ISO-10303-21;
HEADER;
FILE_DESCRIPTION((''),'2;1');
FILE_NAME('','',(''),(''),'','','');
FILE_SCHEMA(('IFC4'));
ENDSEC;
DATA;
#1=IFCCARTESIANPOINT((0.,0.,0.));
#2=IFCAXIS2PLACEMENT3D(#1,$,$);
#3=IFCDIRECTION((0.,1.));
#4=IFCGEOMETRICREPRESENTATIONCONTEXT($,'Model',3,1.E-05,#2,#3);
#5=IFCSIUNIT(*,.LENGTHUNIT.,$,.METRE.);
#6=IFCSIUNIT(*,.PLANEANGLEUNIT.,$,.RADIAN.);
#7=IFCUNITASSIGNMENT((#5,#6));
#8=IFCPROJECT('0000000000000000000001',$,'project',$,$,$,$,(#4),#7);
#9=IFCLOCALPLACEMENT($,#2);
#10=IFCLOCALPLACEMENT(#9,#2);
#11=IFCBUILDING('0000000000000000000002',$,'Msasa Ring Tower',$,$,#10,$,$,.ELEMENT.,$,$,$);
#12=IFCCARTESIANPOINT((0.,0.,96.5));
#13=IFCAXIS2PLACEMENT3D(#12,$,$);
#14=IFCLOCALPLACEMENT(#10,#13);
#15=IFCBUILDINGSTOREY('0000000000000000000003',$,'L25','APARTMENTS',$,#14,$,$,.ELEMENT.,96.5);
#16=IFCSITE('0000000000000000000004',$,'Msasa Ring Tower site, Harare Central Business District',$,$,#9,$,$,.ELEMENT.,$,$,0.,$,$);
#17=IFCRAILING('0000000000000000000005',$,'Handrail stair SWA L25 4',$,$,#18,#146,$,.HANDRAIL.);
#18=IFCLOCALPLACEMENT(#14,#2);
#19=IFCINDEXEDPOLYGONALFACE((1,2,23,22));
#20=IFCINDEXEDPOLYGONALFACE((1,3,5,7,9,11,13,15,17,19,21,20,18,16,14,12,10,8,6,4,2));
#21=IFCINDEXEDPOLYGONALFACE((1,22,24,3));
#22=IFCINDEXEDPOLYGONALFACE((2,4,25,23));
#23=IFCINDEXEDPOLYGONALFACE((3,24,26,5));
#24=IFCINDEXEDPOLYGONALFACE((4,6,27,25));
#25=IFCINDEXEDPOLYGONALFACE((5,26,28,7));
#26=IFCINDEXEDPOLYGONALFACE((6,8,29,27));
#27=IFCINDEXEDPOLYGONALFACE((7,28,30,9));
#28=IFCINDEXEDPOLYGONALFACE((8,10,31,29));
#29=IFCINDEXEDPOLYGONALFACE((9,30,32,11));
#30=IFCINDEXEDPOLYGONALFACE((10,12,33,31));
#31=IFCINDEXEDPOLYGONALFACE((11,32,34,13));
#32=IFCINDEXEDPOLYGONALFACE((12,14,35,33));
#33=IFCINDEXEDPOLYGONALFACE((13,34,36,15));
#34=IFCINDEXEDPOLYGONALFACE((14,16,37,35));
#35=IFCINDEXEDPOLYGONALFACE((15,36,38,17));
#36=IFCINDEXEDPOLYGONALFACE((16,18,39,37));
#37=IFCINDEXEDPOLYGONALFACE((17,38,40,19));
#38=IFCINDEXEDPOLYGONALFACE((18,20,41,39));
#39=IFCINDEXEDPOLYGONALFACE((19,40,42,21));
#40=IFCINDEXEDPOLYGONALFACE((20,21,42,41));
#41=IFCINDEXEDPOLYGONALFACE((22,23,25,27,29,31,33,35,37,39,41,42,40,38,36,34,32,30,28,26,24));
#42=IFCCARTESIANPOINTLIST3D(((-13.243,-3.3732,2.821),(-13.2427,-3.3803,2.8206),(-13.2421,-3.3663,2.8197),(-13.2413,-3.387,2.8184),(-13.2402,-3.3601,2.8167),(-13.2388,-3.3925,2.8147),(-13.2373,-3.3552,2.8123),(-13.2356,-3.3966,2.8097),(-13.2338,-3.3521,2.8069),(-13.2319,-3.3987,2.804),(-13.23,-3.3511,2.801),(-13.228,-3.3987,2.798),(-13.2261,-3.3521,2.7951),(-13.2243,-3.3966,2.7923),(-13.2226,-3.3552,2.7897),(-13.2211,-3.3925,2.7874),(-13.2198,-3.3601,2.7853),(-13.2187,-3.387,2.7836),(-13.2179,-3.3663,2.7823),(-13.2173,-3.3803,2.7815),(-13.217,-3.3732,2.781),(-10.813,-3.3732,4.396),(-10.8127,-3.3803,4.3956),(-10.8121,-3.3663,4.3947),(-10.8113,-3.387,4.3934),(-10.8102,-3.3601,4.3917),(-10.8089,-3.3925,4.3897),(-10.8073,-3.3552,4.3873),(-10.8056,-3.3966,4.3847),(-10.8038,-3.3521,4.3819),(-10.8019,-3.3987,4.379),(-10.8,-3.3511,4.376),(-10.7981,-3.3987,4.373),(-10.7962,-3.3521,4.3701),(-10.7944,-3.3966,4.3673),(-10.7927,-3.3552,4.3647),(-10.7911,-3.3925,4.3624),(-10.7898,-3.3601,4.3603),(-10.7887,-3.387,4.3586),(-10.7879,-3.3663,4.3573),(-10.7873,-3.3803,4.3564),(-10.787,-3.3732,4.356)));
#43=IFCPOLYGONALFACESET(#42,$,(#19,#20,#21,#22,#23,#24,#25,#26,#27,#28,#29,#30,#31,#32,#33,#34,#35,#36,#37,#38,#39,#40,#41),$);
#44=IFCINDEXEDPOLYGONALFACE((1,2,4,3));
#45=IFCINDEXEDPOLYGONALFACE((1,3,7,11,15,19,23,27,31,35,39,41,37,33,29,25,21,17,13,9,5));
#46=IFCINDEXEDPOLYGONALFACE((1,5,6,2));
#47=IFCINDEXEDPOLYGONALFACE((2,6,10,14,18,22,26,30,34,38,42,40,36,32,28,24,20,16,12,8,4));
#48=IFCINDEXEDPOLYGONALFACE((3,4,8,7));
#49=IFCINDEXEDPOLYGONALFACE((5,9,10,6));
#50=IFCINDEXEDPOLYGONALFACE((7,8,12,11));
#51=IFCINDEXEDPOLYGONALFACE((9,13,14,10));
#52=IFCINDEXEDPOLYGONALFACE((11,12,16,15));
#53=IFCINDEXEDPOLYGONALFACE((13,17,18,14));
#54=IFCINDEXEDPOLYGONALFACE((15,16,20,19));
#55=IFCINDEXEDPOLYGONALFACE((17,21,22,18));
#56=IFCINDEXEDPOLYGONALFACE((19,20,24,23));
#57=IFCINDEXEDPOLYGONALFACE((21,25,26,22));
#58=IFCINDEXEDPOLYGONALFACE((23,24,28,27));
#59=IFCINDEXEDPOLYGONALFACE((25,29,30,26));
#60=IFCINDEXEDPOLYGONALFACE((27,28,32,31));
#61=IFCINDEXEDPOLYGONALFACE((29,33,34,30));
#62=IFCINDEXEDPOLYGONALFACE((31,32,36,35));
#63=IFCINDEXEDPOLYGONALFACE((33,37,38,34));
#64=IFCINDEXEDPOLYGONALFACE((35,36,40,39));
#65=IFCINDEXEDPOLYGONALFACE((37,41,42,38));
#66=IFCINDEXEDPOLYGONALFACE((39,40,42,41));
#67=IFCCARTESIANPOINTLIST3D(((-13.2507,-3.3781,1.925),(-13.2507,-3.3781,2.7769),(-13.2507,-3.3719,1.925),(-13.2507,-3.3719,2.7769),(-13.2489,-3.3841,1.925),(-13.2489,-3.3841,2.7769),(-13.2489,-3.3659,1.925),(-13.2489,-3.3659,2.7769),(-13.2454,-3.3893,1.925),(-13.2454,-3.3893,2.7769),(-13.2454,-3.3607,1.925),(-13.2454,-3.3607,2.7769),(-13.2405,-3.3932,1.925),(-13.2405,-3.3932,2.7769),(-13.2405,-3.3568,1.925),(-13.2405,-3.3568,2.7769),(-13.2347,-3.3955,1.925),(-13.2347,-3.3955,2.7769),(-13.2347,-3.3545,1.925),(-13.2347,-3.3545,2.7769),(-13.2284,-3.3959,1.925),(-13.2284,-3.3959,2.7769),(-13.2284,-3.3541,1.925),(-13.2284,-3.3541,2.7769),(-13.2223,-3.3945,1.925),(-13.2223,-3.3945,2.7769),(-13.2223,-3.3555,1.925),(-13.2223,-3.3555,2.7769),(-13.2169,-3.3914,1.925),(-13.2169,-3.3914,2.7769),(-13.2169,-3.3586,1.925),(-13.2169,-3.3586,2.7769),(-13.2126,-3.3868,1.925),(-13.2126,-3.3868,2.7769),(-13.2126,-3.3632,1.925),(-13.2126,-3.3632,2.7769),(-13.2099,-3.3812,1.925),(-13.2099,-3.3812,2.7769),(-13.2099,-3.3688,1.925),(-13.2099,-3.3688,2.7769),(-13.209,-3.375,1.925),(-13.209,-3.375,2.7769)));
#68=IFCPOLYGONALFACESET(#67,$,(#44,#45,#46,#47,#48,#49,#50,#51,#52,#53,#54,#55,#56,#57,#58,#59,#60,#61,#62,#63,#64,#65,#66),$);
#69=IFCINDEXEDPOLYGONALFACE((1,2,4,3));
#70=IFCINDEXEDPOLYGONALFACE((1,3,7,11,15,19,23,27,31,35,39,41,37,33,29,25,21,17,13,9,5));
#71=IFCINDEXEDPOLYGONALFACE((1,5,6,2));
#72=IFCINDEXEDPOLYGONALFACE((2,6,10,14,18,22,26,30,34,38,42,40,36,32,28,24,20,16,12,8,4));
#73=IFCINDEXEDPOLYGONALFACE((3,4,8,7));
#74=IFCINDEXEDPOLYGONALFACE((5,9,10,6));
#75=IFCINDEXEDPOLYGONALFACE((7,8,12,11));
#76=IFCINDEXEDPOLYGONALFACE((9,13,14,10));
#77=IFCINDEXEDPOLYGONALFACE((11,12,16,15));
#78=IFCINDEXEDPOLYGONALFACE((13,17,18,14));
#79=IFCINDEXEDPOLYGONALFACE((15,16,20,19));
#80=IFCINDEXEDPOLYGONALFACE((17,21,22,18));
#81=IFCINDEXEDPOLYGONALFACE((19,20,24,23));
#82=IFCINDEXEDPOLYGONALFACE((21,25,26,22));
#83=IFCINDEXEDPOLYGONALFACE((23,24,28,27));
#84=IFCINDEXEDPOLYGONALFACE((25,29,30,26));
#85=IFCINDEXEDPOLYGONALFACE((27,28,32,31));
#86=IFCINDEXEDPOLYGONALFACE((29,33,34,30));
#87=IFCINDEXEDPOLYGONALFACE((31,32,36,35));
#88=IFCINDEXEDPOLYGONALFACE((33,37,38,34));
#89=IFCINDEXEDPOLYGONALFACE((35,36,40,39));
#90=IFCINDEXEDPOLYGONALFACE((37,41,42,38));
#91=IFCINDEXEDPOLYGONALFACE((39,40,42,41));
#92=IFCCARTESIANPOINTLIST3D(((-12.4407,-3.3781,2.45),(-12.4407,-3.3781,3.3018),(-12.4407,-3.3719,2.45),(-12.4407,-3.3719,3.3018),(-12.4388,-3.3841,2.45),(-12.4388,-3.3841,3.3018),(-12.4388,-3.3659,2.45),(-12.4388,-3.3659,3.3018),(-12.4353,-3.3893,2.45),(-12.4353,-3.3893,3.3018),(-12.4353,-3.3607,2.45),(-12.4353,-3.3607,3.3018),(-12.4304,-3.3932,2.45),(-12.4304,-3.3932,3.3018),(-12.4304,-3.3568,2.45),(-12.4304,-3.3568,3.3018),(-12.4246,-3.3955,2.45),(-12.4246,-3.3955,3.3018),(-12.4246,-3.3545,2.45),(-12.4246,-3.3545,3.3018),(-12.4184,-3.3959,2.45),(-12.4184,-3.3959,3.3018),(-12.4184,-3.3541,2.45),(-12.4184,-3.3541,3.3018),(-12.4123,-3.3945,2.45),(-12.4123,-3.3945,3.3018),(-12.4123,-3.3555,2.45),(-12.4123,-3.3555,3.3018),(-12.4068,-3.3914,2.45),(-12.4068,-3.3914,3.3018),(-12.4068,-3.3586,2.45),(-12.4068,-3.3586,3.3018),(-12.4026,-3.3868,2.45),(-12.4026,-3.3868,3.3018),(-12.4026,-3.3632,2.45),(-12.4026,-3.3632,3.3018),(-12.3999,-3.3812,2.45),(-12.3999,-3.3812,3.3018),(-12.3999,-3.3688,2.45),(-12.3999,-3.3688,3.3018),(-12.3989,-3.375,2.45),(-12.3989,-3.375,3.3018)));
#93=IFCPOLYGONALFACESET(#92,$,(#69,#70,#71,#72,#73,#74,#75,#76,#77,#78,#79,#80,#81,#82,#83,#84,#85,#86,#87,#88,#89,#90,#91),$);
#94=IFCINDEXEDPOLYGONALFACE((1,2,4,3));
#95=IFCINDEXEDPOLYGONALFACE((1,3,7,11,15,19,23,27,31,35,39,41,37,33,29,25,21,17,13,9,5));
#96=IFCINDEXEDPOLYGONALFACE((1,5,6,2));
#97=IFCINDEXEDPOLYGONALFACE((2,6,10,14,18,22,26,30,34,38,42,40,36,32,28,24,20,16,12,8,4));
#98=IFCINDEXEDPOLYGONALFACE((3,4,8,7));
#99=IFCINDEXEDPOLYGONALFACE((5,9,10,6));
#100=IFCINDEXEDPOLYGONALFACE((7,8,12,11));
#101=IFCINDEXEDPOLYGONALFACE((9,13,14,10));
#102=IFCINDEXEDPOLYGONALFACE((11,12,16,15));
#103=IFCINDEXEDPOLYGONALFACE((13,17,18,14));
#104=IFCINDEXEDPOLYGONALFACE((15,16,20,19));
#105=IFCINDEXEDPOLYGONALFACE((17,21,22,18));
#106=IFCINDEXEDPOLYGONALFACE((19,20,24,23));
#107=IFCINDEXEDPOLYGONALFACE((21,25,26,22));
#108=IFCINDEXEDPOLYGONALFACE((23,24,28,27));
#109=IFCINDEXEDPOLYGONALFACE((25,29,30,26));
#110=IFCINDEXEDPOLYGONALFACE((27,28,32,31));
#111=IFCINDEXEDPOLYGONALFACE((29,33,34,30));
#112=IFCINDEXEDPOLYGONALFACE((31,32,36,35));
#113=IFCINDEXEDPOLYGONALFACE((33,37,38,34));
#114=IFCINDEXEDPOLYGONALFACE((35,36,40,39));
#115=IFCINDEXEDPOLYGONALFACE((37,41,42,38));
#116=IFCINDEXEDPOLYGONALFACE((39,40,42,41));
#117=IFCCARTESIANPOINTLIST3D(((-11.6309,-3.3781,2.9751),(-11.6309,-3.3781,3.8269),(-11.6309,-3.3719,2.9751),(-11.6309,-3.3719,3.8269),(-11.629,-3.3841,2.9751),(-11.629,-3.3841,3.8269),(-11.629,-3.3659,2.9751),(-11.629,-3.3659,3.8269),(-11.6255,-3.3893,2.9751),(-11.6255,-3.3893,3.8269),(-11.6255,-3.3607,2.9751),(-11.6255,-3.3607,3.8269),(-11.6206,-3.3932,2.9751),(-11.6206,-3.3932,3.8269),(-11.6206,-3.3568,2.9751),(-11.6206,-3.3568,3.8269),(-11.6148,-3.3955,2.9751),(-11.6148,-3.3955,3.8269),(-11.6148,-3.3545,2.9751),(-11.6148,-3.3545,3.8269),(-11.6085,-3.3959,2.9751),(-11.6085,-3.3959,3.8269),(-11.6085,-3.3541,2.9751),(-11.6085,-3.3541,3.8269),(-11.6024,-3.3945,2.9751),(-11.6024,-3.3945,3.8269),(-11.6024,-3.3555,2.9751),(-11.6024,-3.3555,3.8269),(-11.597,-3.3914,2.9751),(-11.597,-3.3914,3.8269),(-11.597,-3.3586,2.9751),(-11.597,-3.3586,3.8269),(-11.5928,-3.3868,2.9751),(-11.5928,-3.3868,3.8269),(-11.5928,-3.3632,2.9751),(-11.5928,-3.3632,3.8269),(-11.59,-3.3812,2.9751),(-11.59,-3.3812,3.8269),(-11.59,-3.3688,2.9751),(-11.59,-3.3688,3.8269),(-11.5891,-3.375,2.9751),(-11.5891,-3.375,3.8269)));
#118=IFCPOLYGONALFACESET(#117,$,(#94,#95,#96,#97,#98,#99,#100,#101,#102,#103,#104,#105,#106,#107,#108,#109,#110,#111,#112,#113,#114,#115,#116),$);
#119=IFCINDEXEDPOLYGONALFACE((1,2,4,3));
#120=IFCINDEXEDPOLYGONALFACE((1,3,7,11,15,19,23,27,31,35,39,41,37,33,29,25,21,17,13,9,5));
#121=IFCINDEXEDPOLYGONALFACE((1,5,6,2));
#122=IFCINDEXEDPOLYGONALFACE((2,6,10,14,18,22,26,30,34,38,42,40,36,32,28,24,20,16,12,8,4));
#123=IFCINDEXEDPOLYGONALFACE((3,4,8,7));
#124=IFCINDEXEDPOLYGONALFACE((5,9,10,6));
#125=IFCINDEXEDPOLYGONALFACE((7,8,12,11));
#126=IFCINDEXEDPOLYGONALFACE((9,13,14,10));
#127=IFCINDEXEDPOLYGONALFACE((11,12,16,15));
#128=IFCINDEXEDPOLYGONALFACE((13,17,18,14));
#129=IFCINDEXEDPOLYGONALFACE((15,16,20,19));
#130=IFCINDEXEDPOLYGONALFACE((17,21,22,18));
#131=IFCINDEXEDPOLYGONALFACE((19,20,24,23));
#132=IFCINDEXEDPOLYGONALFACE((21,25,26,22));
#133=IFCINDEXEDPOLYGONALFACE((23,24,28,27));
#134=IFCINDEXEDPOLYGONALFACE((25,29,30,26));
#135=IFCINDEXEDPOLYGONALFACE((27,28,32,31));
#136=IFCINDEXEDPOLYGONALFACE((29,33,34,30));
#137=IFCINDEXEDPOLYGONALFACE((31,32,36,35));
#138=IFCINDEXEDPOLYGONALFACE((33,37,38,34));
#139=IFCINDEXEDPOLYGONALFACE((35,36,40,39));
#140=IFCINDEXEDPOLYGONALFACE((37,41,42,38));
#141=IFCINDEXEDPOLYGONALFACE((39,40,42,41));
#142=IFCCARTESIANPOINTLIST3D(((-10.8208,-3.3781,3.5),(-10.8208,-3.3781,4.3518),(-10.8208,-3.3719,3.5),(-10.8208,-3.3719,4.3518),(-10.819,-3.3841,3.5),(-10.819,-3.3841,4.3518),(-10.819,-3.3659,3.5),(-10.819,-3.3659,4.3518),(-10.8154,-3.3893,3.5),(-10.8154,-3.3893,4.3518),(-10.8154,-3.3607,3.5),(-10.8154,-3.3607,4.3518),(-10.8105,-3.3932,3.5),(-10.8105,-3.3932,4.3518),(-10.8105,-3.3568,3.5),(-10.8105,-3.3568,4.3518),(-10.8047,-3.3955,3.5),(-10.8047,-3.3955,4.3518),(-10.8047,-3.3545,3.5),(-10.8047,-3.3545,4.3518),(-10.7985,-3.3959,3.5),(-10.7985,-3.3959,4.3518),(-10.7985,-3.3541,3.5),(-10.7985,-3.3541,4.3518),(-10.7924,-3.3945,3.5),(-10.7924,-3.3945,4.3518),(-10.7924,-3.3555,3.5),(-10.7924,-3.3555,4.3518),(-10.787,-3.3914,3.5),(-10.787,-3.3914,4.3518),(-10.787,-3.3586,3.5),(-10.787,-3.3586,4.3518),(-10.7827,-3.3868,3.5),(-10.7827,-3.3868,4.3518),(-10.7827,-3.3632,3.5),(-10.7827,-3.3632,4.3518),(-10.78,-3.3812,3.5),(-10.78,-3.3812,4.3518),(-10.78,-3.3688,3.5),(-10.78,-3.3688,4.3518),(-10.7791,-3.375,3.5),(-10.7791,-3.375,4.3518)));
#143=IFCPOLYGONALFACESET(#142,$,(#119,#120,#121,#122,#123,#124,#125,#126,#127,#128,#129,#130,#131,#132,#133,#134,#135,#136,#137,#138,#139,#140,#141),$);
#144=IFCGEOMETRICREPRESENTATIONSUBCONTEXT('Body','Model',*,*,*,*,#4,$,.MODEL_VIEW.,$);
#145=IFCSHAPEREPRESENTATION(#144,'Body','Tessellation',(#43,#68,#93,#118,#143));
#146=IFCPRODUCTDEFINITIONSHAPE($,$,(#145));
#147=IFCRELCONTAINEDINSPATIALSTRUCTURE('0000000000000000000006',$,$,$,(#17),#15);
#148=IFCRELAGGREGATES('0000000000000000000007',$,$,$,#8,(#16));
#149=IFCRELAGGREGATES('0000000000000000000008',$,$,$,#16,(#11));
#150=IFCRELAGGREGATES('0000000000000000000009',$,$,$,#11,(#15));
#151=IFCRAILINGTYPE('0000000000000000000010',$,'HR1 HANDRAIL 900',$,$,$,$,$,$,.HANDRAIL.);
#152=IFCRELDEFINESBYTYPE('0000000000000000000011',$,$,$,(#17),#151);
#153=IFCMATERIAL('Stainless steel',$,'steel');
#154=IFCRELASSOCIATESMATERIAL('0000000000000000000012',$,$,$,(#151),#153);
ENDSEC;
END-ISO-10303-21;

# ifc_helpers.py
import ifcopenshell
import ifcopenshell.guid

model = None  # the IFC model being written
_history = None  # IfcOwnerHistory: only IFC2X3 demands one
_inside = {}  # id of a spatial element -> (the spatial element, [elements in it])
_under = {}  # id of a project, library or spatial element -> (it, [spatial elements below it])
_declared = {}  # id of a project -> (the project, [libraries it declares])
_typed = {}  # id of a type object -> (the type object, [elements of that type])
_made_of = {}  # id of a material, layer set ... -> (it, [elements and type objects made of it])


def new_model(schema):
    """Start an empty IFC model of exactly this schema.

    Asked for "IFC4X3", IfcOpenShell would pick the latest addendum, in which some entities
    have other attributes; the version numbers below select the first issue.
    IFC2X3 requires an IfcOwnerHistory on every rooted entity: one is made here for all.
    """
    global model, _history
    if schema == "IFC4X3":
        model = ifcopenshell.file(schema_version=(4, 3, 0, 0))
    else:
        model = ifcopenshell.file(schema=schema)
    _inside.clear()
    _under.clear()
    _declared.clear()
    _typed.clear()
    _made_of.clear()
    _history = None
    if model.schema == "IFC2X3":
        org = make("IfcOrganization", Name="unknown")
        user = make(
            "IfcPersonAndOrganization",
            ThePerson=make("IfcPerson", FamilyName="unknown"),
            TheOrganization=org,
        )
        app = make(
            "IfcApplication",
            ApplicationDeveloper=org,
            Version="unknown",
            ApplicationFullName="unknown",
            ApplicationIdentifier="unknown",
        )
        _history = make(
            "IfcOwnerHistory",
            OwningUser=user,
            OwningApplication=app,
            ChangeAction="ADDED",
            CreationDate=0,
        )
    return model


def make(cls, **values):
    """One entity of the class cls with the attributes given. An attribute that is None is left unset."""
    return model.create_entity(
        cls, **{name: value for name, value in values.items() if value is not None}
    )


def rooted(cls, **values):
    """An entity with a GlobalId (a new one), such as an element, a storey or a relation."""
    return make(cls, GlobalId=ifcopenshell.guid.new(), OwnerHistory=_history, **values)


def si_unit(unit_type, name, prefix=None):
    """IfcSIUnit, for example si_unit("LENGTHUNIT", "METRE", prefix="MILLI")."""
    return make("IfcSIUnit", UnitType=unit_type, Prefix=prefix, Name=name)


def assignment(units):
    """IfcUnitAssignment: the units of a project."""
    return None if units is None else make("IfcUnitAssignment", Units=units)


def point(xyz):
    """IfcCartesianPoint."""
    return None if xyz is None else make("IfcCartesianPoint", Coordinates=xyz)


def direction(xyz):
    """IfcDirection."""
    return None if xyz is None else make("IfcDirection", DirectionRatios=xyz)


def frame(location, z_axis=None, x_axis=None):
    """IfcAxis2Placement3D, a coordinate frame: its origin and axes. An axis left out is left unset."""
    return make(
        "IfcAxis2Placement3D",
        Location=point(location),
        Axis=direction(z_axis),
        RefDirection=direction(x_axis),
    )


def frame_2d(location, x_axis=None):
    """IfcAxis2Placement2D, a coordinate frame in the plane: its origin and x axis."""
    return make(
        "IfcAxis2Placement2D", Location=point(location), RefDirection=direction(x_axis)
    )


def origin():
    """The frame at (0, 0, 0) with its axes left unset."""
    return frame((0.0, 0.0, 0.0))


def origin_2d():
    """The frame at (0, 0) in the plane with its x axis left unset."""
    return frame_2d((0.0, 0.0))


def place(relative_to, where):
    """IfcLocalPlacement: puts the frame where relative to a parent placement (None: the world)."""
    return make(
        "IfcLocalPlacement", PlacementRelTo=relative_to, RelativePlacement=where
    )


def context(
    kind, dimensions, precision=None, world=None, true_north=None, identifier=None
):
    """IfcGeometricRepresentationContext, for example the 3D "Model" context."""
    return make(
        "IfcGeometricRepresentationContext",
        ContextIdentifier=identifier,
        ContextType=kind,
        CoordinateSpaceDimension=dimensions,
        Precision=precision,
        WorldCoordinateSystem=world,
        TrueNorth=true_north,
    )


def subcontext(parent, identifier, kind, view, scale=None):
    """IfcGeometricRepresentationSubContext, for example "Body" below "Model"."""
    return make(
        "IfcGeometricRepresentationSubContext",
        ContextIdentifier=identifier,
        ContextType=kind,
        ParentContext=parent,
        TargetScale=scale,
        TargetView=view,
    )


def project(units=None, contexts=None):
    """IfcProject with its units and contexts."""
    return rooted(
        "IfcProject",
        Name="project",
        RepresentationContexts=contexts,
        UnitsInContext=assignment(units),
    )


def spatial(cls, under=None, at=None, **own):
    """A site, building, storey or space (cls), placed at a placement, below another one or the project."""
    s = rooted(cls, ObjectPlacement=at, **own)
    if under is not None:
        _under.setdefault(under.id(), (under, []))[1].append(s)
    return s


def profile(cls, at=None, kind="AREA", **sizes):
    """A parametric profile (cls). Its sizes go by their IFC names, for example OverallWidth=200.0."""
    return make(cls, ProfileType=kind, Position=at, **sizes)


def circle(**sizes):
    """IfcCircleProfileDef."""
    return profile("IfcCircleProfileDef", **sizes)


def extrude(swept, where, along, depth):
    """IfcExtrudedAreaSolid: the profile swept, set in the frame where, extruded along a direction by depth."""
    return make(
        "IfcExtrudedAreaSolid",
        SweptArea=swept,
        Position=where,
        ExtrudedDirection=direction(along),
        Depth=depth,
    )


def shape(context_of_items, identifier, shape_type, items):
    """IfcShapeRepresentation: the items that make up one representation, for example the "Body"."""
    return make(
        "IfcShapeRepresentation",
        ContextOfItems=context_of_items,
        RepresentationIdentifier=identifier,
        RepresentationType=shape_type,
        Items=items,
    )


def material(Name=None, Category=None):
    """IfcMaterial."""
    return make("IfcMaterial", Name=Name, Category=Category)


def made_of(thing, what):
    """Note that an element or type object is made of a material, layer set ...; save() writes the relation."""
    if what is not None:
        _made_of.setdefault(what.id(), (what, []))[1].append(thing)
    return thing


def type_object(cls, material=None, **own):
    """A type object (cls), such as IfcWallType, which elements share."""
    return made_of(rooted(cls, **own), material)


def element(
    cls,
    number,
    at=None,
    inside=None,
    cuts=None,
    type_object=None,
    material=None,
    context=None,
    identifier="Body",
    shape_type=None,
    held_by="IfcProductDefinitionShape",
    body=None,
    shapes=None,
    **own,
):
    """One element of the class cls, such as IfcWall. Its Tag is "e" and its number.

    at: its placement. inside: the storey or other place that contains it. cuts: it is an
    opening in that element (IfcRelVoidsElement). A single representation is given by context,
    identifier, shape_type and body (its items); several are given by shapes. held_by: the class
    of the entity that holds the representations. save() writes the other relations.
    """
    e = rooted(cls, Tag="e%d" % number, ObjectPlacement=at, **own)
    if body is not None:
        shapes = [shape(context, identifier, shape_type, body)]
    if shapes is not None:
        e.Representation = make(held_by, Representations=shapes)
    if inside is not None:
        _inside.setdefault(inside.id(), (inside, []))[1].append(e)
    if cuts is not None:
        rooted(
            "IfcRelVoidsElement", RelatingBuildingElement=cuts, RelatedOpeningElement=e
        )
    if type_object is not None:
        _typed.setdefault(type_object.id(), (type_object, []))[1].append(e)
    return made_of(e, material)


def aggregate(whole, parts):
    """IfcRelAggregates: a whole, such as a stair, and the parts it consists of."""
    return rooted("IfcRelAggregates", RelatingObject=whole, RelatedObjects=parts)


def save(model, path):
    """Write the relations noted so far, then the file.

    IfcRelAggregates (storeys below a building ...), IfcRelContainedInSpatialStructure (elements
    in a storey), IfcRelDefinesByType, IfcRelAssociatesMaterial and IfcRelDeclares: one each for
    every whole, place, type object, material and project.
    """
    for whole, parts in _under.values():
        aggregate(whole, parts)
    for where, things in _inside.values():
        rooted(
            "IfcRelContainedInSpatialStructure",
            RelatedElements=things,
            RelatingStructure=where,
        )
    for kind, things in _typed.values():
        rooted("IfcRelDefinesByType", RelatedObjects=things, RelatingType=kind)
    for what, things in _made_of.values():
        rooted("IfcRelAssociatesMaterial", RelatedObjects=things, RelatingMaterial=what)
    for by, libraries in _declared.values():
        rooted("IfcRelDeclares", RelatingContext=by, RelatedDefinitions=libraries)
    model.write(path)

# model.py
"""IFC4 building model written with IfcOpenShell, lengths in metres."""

from ifc_helpers import new_model, si_unit, direction, frame, origin, origin_2d, place, context, subcontext, project, spatial, circle, extrude, material, type_object, element, save


model = new_model("IFC4")

# Units and contexts
model_context = context("Model", 3, precision=1e-05, world=origin(), true_north=direction((0.0, 1.0)))
body_context = subcontext(model_context, "Body", "Model", "MODEL_VIEW")
ifc_project = project(units=[si_unit("LENGTHUNIT", "METRE"), si_unit("PLANEANGLEUNIT", "RADIAN")], contexts=[model_context])

# Site, building, storey
site_placement = place(None, origin())
site = spatial("IfcSite", under=ifc_project, at=site_placement, Name="Msasa Ring Tower site, Harare Central Business District", CompositionType="ELEMENT", RefElevation=0.0)
building_placement = place(site_placement, origin())
building = spatial("IfcBuilding", under=site, at=building_placement, Name="Msasa Ring Tower", CompositionType="ELEMENT")
storey_placement = place(building_placement, frame((0.0, 0.0, 96.5)))
storey = spatial("IfcBuildingStorey", under=building, at=storey_placement, Name="L25", Description="APARTMENTS", CompositionType="ELEMENT", Elevation=96.5)

# Railing
ifc_material_1 = material(Name="Stainless steel", Category="steel")
railing_type = type_object("IfcRailingType", Name="HR1 HANDRAIL 900", PredefinedType="HANDRAIL", material=ifc_material_1)
for number, where, name in (
    (1, (-13.23, -3.375, 1.925), "Handrail stair SWA L25 4"),
):
    element("IfcRailing", number, at=place(storey_placement, frame(where)), inside=storey, type_object=railing_type, Name=name, PredefinedType="HANDRAIL", context=body_context, shape_type="SweptSolid", body=[
        extrude(circle(Radius=0.0239, at=origin_2d()), frame((0.0, 0.0, 0.876), z_axis=(0.839154, 0.0, 0.543894), x_axis=(0.0, 1.0, 0.0)), (0.0, 0.0, 1.0), 2.8958),
        extrude(circle(Radius=0.021, at=origin_2d()), origin(), (0.0, 0.0, 1.0), 0.8518),
        extrude(circle(Radius=0.021, at=origin_2d()), frame((0.8101, 0.0, 0.5249)), (0.0, 0.0, 1.0), 0.8518),
        extrude(circle(Radius=0.021, at=origin_2d()), frame((1.6199, 0.0, 1.05)), (0.0, 0.0, 1.0), 0.8518),
        extrude(circle(Radius=0.021, at=origin_2d()), frame((2.4299, 0.0, 1.575)), (0.0, 0.0, 1.0), 0.8518),
    ])

save(model, "model.ifc")
